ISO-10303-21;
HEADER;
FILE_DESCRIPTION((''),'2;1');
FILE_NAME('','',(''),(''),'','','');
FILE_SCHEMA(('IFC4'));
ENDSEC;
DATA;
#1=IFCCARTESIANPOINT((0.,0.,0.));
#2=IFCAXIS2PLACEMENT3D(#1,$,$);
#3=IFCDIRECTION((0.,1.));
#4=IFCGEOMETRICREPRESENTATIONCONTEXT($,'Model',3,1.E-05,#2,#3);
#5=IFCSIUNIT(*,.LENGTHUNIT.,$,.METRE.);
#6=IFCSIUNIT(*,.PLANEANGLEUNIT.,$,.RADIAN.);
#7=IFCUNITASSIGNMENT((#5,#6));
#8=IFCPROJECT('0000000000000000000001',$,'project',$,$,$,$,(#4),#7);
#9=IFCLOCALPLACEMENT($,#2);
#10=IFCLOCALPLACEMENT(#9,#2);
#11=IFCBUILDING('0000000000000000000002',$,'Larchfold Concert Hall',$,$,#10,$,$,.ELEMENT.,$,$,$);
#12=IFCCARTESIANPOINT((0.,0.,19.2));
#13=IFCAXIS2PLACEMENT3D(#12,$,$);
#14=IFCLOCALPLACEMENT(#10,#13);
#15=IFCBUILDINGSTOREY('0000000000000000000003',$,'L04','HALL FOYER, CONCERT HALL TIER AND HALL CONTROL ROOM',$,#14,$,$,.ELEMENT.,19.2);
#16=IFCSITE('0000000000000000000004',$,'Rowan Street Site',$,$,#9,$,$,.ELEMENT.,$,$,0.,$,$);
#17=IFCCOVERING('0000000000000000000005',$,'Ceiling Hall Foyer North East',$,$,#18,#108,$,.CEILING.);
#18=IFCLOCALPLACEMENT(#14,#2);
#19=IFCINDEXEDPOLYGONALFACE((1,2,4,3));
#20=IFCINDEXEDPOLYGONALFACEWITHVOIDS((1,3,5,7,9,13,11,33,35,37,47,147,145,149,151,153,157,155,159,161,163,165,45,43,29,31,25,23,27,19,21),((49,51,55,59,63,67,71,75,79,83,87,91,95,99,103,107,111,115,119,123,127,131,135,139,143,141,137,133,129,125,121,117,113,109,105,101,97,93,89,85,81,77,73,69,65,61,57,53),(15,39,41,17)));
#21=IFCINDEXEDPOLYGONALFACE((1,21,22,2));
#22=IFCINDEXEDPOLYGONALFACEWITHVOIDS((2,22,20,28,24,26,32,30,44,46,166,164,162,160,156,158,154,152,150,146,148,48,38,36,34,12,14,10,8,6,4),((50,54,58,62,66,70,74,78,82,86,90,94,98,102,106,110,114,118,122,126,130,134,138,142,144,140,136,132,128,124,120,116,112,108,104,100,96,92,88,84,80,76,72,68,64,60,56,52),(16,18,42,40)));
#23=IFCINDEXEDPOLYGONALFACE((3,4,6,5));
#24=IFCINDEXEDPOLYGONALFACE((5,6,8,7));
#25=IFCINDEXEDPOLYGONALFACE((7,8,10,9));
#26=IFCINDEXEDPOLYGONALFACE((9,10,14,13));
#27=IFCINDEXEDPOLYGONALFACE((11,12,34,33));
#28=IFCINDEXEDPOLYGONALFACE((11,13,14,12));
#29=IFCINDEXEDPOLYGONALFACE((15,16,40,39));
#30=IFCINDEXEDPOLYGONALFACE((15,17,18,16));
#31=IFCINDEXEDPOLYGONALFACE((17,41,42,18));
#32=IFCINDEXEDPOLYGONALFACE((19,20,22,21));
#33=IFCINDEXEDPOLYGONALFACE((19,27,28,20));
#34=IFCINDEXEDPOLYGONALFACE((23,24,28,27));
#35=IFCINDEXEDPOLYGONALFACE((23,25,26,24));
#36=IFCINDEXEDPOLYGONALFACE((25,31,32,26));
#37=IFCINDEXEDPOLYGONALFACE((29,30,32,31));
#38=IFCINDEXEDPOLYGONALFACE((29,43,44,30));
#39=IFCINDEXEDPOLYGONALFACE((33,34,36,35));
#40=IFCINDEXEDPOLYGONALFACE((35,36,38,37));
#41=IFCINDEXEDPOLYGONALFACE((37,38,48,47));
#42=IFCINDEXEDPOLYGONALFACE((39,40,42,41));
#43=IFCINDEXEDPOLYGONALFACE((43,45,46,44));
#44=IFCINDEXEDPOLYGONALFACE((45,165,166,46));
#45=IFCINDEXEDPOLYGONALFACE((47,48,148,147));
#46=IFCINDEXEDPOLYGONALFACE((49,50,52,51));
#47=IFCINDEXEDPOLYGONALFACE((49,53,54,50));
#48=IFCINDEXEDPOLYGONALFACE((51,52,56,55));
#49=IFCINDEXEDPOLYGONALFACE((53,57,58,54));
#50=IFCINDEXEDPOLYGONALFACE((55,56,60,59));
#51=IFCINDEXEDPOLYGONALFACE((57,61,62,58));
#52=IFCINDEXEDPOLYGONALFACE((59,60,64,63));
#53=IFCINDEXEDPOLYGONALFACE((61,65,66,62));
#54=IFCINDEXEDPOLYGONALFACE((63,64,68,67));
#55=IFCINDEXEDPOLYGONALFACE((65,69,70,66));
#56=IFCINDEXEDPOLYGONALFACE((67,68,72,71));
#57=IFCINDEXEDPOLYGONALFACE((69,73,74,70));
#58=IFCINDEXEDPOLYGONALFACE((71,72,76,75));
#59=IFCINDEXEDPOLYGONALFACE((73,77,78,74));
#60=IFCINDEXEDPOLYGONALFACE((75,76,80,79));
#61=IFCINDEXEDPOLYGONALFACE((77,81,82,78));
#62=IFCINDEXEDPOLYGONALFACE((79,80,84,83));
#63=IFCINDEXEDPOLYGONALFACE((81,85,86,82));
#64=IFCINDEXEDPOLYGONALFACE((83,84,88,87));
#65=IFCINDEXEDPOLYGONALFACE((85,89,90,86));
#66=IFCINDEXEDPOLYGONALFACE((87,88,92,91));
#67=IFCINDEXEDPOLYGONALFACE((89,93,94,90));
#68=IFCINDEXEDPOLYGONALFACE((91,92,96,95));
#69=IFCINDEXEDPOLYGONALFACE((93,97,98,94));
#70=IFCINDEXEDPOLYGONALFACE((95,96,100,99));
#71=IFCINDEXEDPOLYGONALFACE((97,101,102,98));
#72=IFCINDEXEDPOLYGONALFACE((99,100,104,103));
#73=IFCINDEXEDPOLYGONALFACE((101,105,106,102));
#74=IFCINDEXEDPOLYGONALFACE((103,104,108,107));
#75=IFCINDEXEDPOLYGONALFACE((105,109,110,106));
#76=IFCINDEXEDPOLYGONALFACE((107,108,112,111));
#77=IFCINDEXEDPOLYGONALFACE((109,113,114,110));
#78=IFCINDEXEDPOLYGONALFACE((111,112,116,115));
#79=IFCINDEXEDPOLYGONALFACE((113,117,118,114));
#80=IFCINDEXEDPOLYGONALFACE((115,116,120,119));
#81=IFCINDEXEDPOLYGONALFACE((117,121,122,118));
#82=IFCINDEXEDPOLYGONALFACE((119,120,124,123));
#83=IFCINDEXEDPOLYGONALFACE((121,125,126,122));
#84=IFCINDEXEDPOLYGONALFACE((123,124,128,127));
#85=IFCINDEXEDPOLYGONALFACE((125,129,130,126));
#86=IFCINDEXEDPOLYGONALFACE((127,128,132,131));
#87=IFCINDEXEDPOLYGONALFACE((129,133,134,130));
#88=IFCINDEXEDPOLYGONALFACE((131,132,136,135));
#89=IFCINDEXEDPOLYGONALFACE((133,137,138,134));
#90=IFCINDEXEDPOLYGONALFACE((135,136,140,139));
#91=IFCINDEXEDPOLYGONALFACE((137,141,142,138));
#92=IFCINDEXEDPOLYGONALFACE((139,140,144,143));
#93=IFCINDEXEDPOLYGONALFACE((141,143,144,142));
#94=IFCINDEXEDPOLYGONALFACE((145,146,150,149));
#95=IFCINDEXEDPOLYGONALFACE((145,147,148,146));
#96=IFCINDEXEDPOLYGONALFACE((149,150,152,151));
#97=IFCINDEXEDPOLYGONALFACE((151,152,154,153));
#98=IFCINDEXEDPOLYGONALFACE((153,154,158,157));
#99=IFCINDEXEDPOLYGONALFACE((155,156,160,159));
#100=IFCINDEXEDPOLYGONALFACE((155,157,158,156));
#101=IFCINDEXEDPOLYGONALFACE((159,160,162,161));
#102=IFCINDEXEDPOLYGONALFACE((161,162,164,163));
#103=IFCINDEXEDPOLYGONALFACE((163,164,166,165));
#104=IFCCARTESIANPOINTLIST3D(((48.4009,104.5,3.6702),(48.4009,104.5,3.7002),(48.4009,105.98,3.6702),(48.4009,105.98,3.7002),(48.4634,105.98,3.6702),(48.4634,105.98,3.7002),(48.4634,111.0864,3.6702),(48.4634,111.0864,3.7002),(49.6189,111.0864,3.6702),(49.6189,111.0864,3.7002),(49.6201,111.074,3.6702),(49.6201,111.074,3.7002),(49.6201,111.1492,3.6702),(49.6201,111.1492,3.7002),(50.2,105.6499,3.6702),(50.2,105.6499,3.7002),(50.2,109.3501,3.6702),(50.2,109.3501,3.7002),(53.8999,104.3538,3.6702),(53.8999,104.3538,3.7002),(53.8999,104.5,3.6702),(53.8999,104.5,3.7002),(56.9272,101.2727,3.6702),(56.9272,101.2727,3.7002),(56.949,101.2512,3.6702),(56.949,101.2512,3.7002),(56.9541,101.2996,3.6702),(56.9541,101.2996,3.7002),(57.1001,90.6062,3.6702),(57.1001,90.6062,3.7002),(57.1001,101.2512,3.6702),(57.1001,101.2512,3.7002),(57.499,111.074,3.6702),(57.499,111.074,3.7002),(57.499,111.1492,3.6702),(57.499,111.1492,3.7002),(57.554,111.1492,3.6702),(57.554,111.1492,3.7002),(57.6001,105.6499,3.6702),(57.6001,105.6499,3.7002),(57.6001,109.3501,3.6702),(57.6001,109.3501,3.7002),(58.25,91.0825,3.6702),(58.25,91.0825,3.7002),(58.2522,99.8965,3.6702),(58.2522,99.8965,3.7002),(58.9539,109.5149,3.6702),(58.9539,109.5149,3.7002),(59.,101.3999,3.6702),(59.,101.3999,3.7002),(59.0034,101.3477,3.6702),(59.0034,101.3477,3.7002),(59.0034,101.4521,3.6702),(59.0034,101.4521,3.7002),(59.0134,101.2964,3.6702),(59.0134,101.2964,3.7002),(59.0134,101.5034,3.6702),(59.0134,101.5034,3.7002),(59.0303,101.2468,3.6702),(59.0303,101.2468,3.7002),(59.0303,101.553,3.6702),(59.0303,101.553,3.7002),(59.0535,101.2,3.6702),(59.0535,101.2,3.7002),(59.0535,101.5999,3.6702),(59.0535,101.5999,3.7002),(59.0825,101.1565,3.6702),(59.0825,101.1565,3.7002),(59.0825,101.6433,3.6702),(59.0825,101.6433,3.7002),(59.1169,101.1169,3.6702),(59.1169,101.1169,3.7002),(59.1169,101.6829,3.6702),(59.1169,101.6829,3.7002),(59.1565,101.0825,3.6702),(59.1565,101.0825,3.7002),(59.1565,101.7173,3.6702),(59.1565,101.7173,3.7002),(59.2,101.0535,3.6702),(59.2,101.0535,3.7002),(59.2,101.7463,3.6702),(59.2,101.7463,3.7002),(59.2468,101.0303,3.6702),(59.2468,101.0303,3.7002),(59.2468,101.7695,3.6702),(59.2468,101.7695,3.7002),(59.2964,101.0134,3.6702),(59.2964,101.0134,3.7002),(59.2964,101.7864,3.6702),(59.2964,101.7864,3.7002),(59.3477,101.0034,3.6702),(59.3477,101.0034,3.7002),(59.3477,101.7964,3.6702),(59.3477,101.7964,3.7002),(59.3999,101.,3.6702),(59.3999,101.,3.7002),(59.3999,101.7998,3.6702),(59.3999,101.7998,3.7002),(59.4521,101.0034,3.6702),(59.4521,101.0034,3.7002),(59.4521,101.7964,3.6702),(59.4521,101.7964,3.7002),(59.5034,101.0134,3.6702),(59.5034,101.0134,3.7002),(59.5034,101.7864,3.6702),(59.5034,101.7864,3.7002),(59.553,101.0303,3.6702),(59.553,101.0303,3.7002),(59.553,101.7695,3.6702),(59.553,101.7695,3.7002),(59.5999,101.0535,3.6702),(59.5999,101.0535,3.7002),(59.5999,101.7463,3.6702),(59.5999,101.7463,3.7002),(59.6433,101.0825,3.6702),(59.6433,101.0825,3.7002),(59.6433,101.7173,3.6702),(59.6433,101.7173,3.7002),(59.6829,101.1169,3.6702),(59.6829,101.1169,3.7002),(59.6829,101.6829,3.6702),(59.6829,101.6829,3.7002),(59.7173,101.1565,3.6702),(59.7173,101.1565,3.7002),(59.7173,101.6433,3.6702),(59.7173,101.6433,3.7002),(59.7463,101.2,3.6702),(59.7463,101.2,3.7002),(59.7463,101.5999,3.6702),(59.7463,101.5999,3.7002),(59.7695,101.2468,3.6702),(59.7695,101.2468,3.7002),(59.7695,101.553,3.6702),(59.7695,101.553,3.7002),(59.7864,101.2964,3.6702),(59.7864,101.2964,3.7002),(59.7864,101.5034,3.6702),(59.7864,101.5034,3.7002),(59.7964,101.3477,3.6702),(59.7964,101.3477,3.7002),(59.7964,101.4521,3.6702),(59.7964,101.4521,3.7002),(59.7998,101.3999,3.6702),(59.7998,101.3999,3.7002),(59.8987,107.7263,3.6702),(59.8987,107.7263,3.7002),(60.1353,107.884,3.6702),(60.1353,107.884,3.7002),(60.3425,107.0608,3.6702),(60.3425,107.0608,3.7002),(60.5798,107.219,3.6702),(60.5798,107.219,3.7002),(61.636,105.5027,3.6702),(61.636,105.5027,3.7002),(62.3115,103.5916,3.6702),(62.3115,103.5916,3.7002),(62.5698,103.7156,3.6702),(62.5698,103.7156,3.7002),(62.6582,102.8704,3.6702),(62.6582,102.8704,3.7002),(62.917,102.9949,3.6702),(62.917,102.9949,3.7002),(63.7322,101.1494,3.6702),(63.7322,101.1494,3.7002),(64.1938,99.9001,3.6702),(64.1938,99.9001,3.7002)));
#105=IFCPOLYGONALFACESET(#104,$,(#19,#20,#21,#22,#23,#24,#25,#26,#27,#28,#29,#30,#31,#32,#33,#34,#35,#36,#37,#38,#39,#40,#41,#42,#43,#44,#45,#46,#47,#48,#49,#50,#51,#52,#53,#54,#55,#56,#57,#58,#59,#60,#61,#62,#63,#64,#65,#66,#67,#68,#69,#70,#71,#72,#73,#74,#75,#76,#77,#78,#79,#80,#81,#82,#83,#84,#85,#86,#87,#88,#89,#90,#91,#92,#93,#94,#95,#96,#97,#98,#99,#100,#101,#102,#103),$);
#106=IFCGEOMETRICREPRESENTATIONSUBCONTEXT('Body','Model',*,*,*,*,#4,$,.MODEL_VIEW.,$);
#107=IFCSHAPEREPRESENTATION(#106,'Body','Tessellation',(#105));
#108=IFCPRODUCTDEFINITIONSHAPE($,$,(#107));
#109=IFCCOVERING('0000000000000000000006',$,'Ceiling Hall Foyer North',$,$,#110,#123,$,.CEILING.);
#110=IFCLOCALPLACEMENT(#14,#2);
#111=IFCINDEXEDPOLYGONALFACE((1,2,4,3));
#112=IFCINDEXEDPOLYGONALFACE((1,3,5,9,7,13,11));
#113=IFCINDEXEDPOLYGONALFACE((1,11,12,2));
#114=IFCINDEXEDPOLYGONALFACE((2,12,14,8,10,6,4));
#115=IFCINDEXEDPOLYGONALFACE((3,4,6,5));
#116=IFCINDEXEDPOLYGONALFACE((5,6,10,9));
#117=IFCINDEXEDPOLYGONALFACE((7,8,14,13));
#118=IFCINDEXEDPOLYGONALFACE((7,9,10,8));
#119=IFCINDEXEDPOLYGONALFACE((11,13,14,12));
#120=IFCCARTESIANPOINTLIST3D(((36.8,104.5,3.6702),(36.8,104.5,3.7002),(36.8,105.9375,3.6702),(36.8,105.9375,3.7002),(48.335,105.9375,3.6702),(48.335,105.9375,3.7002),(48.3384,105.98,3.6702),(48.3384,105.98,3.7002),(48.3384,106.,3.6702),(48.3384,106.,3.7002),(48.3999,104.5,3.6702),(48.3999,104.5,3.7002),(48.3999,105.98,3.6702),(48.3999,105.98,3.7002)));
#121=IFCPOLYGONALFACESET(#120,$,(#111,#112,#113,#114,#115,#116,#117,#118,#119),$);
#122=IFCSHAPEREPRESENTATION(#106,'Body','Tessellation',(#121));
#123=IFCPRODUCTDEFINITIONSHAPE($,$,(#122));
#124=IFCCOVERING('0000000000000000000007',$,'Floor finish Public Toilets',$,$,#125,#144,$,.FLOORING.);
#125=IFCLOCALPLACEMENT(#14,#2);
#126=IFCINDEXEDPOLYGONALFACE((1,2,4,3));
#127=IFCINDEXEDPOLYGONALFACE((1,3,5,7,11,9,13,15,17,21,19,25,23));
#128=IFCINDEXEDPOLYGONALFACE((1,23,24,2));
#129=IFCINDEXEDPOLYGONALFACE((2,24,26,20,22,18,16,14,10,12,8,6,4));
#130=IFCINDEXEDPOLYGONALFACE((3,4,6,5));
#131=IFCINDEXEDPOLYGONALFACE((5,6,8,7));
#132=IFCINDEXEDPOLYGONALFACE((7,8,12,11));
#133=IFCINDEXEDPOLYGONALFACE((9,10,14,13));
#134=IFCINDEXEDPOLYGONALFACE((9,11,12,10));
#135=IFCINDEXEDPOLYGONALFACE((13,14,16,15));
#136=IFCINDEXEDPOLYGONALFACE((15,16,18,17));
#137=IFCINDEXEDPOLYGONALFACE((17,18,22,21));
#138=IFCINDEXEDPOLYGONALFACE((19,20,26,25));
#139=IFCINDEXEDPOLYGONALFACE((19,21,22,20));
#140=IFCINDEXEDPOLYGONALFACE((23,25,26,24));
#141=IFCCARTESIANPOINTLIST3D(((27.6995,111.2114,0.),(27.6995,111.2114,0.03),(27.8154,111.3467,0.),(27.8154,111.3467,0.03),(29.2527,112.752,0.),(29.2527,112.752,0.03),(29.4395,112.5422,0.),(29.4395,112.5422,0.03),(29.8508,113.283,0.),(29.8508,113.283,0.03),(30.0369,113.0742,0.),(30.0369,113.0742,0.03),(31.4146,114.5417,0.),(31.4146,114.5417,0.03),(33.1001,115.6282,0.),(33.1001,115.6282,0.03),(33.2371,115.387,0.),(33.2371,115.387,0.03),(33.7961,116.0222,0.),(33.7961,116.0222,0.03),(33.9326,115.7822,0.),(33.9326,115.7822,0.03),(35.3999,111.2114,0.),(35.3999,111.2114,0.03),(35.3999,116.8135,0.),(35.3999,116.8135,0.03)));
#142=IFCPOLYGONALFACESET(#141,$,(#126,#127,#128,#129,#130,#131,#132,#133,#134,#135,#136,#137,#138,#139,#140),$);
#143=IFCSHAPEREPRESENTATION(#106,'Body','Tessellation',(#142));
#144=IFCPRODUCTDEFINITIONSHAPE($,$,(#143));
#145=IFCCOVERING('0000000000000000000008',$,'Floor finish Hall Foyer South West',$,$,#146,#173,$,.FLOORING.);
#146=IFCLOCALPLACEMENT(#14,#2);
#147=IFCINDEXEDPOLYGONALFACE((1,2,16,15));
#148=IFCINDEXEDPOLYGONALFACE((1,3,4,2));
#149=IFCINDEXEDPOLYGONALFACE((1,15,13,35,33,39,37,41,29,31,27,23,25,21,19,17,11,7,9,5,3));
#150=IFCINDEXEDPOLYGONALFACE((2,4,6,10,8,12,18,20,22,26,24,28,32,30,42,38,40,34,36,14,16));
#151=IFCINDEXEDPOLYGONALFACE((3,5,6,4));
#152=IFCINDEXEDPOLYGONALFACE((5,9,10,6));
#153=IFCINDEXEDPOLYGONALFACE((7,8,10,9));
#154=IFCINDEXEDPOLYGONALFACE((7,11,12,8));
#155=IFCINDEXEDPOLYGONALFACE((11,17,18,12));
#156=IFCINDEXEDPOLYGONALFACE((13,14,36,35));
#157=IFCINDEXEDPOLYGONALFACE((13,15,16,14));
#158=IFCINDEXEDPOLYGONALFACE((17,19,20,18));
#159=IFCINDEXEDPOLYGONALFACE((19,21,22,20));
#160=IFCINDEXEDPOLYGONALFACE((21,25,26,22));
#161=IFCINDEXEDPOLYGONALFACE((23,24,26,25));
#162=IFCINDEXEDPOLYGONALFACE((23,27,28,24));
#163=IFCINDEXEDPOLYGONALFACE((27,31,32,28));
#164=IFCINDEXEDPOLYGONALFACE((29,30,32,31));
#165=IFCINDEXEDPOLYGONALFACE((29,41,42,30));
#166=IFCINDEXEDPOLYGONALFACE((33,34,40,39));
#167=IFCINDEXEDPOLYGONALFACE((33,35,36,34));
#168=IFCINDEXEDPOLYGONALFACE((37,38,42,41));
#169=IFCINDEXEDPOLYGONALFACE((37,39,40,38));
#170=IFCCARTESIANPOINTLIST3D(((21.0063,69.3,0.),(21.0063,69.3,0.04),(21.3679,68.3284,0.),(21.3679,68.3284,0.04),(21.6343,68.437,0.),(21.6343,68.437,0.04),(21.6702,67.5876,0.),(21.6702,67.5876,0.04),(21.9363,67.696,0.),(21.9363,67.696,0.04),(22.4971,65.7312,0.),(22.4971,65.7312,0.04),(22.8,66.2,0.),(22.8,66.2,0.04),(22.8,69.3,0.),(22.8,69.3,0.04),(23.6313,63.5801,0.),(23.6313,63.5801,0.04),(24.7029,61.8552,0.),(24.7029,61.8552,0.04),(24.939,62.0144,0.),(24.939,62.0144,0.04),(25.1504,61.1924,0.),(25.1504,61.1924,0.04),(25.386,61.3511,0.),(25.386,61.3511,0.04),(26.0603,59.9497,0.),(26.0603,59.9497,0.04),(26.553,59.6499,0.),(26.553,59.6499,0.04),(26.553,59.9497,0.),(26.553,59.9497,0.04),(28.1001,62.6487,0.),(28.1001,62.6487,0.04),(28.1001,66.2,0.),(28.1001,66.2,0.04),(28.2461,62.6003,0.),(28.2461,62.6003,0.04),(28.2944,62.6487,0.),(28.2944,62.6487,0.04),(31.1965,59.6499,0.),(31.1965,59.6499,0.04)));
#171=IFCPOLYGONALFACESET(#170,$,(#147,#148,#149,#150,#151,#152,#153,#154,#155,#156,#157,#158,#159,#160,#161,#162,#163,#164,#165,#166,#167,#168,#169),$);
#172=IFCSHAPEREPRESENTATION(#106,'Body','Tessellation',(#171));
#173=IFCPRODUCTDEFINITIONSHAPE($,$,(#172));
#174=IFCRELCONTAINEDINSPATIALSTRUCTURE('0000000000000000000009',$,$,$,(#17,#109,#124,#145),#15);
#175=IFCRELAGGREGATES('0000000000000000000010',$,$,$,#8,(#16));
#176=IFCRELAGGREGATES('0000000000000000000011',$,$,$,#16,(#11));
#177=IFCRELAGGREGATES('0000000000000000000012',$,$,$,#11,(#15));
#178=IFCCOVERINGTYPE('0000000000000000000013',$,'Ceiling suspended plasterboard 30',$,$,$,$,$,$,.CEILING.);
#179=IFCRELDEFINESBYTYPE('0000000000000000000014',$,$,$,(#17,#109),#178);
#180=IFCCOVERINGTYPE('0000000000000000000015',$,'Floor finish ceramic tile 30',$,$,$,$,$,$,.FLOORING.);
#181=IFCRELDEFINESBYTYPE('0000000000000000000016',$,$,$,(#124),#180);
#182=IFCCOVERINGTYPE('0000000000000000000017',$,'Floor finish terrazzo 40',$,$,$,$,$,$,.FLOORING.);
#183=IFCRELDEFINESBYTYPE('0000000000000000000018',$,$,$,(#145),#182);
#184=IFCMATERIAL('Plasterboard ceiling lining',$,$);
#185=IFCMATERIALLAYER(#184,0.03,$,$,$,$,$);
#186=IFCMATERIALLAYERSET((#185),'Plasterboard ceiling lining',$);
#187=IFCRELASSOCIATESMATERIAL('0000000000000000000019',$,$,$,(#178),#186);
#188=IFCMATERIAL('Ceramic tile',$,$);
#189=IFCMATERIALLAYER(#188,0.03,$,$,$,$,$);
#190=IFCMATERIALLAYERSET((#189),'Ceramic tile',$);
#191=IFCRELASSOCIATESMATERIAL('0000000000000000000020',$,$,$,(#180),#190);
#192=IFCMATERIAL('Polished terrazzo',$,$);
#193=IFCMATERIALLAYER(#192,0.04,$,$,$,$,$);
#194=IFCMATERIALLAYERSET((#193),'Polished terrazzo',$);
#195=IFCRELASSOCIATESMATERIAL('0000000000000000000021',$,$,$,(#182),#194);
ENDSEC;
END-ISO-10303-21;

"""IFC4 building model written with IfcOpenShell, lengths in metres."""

from ifc_helpers import new_model, si_unit, direction, frame, origin, place, context, subcontext, project, spatial, polyline, outline, extrude, material, layer, layer_set, type_object, element, save


model = new_model("IFC4")

# Units and contexts
model_context = context("Model", 3, precision=1e-05, world=origin(), true_north=direction((0.0, 1.0)))
body_context = subcontext(model_context, "Body", "Model", "MODEL_VIEW")
ifc_project = project(units=[si_unit("LENGTHUNIT", "METRE"), si_unit("PLANEANGLEUNIT", "RADIAN")], contexts=[model_context])

# Site, building, storey
site_placement = place(None, origin())
site = spatial("IfcSite", under=ifc_project, at=site_placement, Name="Rowan Street Site", CompositionType="ELEMENT", RefElevation=0.0)
building_placement = place(site_placement, origin())
building = spatial("IfcBuilding", under=site, at=building_placement, Name="Larchfold Concert Hall", CompositionType="ELEMENT")
storey_placement = place(building_placement, frame((0.0, 0.0, 19.2)))
storey = spatial("IfcBuildingStorey", under=building, at=storey_placement, Name="L04", Description="HALL FOYER, CONCERT HALL TIER AND HALL CONTROL ROOM", CompositionType="ELEMENT", Elevation=19.2)

# Coverings
ifc_material_1 = material(Name="Plasterboard ceiling lining")
ifc_layer_1 = layer(ifc_material_1, 0.03)
ifc_layer_set_1 = layer_set([ifc_layer_1], Name="Plasterboard ceiling lining")
covering_type_1 = type_object("IfcCoveringType", Name="Ceiling suspended plasterboard 30", PredefinedType="CEILING", material=ifc_layer_set_1)
covering_1_placement = place(storey_placement, frame((0.0, 0.0, 3.6702)))
element("IfcCovering", 1, at=covering_1_placement, inside=storey, type_object=covering_type_1, Name="Ceiling Hall Foyer North East", PredefinedType="CEILING", context=body_context, shape_type="SweptSolid", body=[
    extrude(outline(polyline([(48.4009, 105.98), (48.4009, 104.5), (53.8999, 104.5), (53.8999, 104.3538), (56.9541, 101.2996), (56.9272, 101.2727), (56.949, 101.2512), (57.1001, 101.2512), (57.1001, 90.6062), (58.25, 91.0825), (58.2522, 99.8965), (64.1938, 99.9001), (63.7322, 101.1494), (62.917, 102.9949), (62.6582, 102.8704), (62.3115, 103.5916), (62.5698, 103.7156), (61.636, 105.5027), (60.5798, 107.219), (60.3425, 107.0608), (59.8987, 107.7263), (60.1353, 107.884), (58.9539, 109.5149), (57.554, 111.1492), (57.499, 111.1492), (57.499, 111.074), (49.6201, 111.074), (49.6201, 111.1492), (49.6189, 111.0864), (48.4634, 111.0864), (48.4634, 105.98), (48.4009, 105.98)]), holes=[polyline([(59.2964, 101.0134), (59.2468, 101.0303), (59.2, 101.0535), (59.1565, 101.0825), (59.1169, 101.1169), (59.0825, 101.1565), (59.0535, 101.2), (59.0303, 101.2468), (59.0134, 101.2964), (59.0034, 101.3477), (59.0, 101.3999), (59.0034, 101.4521), (59.0134, 101.5034), (59.0303, 101.553), (59.0535, 101.5999), (59.0825, 101.6433), (59.1169, 101.6829), (59.1565, 101.7173), (59.2, 101.7463), (59.2468, 101.7695), (59.2964, 101.7864), (59.3477, 101.7964), (59.3999, 101.7998), (59.4521, 101.7964), (59.5034, 101.7864), (59.553, 101.7695), (59.5999, 101.7463), (59.6433, 101.7173), (59.6829, 101.6829), (59.7173, 101.6433), (59.7463, 101.5999), (59.7695, 101.553), (59.7864, 101.5034), (59.7964, 101.4521), (59.7998, 101.3999), (59.7964, 101.3477), (59.7864, 101.2964), (59.7695, 101.2468), (59.7463, 101.2), (59.7173, 101.1565), (59.6829, 101.1169), (59.6433, 101.0825), (59.5999, 101.0535), (59.553, 101.0303), (59.5034, 101.0134), (59.4521, 101.0034), (59.3999, 101.0), (59.3477, 101.0034), (59.2964, 101.0134)]), polyline([(50.2, 105.6499), (50.2, 109.3501), (57.6001, 109.3501), (57.6001, 105.6499), (50.2, 105.6499)])]), origin(), (0.0, 0.0, 1.0), 0.03),
])
covering_2_placement = place(storey_placement, frame((0.0, 0.0, 3.6702)))
element("IfcCovering", 2, at=covering_2_placement, inside=storey, type_object=covering_type_1, Name="Ceiling Hall Foyer North", PredefinedType="CEILING", context=body_context, shape_type="SweptSolid", body=[
    extrude(outline(polyline([(48.3384, 106.0), (48.335, 105.9375), (36.8, 105.9375), (36.8, 104.5), (48.3999, 104.5), (48.3999, 105.98), (48.3384, 105.98), (48.3384, 106.0)])), origin(), (0.0, 0.0, 1.0), 0.03),
])
ifc_material_2 = material(Name="Ceramic tile")
ifc_layer_2 = layer(ifc_material_2, 0.03)
ifc_layer_set_2 = layer_set([ifc_layer_2], Name="Ceramic tile")
covering_type_2 = type_object("IfcCoveringType", Name="Floor finish ceramic tile 30", PredefinedType="FLOORING", material=ifc_layer_set_2)
covering_3_placement = place(storey_placement, origin())
element("IfcCovering", 3, at=covering_3_placement, inside=storey, type_object=covering_type_2, Name="Floor finish Public Toilets", PredefinedType="FLOORING", context=body_context, shape_type="SweptSolid", body=[
    extrude(outline(polyline([(27.8154, 111.3467), (27.6995, 111.2114), (35.3999, 111.2114), (35.3999, 116.8135), (33.7961, 116.0222), (33.9326, 115.7822), (33.2371, 115.387), (33.1001, 115.6282), (31.4146, 114.5417), (29.8508, 113.283), (30.0369, 113.0742), (29.4395, 112.5422), (29.2527, 112.752), (27.8154, 111.3467)])), origin(), (0.0, 0.0, 1.0), 0.03),
])
ifc_material_3 = material(Name="Polished terrazzo")
ifc_layer_3 = layer(ifc_material_3, 0.04)
ifc_layer_set_3 = layer_set([ifc_layer_3], Name="Polished terrazzo")
covering_type_3 = type_object("IfcCoveringType", Name="Floor finish terrazzo 40", PredefinedType="FLOORING", material=ifc_layer_set_3)
covering_4_placement = place(storey_placement, origin())
element("IfcCovering", 4, at=covering_4_placement, inside=storey, type_object=covering_type_3, Name="Floor finish Hall Foyer South West", PredefinedType="FLOORING", context=body_context, shape_type="SweptSolid", body=[
    extrude(outline(polyline([(28.1001, 66.2), (22.8, 66.2), (22.8, 69.3), (21.0063, 69.3), (21.3679, 68.3284), (21.6343, 68.437), (21.9363, 67.696), (21.6702, 67.5876), (22.4971, 65.7312), (23.6313, 63.5801), (24.7029, 61.8552), (24.939, 62.0144), (25.386, 61.3511), (25.1504, 61.1924), (26.0603, 59.9497), (26.553, 59.9497), (26.553, 59.6499), (31.1965, 59.6499), (28.2461, 62.6003), (28.2944, 62.6487), (28.1001, 62.6487), (28.1001, 66.2)])), origin(), (0.0, 0.0, 1.0), 0.04),
])

save(model, "model.ifc")
